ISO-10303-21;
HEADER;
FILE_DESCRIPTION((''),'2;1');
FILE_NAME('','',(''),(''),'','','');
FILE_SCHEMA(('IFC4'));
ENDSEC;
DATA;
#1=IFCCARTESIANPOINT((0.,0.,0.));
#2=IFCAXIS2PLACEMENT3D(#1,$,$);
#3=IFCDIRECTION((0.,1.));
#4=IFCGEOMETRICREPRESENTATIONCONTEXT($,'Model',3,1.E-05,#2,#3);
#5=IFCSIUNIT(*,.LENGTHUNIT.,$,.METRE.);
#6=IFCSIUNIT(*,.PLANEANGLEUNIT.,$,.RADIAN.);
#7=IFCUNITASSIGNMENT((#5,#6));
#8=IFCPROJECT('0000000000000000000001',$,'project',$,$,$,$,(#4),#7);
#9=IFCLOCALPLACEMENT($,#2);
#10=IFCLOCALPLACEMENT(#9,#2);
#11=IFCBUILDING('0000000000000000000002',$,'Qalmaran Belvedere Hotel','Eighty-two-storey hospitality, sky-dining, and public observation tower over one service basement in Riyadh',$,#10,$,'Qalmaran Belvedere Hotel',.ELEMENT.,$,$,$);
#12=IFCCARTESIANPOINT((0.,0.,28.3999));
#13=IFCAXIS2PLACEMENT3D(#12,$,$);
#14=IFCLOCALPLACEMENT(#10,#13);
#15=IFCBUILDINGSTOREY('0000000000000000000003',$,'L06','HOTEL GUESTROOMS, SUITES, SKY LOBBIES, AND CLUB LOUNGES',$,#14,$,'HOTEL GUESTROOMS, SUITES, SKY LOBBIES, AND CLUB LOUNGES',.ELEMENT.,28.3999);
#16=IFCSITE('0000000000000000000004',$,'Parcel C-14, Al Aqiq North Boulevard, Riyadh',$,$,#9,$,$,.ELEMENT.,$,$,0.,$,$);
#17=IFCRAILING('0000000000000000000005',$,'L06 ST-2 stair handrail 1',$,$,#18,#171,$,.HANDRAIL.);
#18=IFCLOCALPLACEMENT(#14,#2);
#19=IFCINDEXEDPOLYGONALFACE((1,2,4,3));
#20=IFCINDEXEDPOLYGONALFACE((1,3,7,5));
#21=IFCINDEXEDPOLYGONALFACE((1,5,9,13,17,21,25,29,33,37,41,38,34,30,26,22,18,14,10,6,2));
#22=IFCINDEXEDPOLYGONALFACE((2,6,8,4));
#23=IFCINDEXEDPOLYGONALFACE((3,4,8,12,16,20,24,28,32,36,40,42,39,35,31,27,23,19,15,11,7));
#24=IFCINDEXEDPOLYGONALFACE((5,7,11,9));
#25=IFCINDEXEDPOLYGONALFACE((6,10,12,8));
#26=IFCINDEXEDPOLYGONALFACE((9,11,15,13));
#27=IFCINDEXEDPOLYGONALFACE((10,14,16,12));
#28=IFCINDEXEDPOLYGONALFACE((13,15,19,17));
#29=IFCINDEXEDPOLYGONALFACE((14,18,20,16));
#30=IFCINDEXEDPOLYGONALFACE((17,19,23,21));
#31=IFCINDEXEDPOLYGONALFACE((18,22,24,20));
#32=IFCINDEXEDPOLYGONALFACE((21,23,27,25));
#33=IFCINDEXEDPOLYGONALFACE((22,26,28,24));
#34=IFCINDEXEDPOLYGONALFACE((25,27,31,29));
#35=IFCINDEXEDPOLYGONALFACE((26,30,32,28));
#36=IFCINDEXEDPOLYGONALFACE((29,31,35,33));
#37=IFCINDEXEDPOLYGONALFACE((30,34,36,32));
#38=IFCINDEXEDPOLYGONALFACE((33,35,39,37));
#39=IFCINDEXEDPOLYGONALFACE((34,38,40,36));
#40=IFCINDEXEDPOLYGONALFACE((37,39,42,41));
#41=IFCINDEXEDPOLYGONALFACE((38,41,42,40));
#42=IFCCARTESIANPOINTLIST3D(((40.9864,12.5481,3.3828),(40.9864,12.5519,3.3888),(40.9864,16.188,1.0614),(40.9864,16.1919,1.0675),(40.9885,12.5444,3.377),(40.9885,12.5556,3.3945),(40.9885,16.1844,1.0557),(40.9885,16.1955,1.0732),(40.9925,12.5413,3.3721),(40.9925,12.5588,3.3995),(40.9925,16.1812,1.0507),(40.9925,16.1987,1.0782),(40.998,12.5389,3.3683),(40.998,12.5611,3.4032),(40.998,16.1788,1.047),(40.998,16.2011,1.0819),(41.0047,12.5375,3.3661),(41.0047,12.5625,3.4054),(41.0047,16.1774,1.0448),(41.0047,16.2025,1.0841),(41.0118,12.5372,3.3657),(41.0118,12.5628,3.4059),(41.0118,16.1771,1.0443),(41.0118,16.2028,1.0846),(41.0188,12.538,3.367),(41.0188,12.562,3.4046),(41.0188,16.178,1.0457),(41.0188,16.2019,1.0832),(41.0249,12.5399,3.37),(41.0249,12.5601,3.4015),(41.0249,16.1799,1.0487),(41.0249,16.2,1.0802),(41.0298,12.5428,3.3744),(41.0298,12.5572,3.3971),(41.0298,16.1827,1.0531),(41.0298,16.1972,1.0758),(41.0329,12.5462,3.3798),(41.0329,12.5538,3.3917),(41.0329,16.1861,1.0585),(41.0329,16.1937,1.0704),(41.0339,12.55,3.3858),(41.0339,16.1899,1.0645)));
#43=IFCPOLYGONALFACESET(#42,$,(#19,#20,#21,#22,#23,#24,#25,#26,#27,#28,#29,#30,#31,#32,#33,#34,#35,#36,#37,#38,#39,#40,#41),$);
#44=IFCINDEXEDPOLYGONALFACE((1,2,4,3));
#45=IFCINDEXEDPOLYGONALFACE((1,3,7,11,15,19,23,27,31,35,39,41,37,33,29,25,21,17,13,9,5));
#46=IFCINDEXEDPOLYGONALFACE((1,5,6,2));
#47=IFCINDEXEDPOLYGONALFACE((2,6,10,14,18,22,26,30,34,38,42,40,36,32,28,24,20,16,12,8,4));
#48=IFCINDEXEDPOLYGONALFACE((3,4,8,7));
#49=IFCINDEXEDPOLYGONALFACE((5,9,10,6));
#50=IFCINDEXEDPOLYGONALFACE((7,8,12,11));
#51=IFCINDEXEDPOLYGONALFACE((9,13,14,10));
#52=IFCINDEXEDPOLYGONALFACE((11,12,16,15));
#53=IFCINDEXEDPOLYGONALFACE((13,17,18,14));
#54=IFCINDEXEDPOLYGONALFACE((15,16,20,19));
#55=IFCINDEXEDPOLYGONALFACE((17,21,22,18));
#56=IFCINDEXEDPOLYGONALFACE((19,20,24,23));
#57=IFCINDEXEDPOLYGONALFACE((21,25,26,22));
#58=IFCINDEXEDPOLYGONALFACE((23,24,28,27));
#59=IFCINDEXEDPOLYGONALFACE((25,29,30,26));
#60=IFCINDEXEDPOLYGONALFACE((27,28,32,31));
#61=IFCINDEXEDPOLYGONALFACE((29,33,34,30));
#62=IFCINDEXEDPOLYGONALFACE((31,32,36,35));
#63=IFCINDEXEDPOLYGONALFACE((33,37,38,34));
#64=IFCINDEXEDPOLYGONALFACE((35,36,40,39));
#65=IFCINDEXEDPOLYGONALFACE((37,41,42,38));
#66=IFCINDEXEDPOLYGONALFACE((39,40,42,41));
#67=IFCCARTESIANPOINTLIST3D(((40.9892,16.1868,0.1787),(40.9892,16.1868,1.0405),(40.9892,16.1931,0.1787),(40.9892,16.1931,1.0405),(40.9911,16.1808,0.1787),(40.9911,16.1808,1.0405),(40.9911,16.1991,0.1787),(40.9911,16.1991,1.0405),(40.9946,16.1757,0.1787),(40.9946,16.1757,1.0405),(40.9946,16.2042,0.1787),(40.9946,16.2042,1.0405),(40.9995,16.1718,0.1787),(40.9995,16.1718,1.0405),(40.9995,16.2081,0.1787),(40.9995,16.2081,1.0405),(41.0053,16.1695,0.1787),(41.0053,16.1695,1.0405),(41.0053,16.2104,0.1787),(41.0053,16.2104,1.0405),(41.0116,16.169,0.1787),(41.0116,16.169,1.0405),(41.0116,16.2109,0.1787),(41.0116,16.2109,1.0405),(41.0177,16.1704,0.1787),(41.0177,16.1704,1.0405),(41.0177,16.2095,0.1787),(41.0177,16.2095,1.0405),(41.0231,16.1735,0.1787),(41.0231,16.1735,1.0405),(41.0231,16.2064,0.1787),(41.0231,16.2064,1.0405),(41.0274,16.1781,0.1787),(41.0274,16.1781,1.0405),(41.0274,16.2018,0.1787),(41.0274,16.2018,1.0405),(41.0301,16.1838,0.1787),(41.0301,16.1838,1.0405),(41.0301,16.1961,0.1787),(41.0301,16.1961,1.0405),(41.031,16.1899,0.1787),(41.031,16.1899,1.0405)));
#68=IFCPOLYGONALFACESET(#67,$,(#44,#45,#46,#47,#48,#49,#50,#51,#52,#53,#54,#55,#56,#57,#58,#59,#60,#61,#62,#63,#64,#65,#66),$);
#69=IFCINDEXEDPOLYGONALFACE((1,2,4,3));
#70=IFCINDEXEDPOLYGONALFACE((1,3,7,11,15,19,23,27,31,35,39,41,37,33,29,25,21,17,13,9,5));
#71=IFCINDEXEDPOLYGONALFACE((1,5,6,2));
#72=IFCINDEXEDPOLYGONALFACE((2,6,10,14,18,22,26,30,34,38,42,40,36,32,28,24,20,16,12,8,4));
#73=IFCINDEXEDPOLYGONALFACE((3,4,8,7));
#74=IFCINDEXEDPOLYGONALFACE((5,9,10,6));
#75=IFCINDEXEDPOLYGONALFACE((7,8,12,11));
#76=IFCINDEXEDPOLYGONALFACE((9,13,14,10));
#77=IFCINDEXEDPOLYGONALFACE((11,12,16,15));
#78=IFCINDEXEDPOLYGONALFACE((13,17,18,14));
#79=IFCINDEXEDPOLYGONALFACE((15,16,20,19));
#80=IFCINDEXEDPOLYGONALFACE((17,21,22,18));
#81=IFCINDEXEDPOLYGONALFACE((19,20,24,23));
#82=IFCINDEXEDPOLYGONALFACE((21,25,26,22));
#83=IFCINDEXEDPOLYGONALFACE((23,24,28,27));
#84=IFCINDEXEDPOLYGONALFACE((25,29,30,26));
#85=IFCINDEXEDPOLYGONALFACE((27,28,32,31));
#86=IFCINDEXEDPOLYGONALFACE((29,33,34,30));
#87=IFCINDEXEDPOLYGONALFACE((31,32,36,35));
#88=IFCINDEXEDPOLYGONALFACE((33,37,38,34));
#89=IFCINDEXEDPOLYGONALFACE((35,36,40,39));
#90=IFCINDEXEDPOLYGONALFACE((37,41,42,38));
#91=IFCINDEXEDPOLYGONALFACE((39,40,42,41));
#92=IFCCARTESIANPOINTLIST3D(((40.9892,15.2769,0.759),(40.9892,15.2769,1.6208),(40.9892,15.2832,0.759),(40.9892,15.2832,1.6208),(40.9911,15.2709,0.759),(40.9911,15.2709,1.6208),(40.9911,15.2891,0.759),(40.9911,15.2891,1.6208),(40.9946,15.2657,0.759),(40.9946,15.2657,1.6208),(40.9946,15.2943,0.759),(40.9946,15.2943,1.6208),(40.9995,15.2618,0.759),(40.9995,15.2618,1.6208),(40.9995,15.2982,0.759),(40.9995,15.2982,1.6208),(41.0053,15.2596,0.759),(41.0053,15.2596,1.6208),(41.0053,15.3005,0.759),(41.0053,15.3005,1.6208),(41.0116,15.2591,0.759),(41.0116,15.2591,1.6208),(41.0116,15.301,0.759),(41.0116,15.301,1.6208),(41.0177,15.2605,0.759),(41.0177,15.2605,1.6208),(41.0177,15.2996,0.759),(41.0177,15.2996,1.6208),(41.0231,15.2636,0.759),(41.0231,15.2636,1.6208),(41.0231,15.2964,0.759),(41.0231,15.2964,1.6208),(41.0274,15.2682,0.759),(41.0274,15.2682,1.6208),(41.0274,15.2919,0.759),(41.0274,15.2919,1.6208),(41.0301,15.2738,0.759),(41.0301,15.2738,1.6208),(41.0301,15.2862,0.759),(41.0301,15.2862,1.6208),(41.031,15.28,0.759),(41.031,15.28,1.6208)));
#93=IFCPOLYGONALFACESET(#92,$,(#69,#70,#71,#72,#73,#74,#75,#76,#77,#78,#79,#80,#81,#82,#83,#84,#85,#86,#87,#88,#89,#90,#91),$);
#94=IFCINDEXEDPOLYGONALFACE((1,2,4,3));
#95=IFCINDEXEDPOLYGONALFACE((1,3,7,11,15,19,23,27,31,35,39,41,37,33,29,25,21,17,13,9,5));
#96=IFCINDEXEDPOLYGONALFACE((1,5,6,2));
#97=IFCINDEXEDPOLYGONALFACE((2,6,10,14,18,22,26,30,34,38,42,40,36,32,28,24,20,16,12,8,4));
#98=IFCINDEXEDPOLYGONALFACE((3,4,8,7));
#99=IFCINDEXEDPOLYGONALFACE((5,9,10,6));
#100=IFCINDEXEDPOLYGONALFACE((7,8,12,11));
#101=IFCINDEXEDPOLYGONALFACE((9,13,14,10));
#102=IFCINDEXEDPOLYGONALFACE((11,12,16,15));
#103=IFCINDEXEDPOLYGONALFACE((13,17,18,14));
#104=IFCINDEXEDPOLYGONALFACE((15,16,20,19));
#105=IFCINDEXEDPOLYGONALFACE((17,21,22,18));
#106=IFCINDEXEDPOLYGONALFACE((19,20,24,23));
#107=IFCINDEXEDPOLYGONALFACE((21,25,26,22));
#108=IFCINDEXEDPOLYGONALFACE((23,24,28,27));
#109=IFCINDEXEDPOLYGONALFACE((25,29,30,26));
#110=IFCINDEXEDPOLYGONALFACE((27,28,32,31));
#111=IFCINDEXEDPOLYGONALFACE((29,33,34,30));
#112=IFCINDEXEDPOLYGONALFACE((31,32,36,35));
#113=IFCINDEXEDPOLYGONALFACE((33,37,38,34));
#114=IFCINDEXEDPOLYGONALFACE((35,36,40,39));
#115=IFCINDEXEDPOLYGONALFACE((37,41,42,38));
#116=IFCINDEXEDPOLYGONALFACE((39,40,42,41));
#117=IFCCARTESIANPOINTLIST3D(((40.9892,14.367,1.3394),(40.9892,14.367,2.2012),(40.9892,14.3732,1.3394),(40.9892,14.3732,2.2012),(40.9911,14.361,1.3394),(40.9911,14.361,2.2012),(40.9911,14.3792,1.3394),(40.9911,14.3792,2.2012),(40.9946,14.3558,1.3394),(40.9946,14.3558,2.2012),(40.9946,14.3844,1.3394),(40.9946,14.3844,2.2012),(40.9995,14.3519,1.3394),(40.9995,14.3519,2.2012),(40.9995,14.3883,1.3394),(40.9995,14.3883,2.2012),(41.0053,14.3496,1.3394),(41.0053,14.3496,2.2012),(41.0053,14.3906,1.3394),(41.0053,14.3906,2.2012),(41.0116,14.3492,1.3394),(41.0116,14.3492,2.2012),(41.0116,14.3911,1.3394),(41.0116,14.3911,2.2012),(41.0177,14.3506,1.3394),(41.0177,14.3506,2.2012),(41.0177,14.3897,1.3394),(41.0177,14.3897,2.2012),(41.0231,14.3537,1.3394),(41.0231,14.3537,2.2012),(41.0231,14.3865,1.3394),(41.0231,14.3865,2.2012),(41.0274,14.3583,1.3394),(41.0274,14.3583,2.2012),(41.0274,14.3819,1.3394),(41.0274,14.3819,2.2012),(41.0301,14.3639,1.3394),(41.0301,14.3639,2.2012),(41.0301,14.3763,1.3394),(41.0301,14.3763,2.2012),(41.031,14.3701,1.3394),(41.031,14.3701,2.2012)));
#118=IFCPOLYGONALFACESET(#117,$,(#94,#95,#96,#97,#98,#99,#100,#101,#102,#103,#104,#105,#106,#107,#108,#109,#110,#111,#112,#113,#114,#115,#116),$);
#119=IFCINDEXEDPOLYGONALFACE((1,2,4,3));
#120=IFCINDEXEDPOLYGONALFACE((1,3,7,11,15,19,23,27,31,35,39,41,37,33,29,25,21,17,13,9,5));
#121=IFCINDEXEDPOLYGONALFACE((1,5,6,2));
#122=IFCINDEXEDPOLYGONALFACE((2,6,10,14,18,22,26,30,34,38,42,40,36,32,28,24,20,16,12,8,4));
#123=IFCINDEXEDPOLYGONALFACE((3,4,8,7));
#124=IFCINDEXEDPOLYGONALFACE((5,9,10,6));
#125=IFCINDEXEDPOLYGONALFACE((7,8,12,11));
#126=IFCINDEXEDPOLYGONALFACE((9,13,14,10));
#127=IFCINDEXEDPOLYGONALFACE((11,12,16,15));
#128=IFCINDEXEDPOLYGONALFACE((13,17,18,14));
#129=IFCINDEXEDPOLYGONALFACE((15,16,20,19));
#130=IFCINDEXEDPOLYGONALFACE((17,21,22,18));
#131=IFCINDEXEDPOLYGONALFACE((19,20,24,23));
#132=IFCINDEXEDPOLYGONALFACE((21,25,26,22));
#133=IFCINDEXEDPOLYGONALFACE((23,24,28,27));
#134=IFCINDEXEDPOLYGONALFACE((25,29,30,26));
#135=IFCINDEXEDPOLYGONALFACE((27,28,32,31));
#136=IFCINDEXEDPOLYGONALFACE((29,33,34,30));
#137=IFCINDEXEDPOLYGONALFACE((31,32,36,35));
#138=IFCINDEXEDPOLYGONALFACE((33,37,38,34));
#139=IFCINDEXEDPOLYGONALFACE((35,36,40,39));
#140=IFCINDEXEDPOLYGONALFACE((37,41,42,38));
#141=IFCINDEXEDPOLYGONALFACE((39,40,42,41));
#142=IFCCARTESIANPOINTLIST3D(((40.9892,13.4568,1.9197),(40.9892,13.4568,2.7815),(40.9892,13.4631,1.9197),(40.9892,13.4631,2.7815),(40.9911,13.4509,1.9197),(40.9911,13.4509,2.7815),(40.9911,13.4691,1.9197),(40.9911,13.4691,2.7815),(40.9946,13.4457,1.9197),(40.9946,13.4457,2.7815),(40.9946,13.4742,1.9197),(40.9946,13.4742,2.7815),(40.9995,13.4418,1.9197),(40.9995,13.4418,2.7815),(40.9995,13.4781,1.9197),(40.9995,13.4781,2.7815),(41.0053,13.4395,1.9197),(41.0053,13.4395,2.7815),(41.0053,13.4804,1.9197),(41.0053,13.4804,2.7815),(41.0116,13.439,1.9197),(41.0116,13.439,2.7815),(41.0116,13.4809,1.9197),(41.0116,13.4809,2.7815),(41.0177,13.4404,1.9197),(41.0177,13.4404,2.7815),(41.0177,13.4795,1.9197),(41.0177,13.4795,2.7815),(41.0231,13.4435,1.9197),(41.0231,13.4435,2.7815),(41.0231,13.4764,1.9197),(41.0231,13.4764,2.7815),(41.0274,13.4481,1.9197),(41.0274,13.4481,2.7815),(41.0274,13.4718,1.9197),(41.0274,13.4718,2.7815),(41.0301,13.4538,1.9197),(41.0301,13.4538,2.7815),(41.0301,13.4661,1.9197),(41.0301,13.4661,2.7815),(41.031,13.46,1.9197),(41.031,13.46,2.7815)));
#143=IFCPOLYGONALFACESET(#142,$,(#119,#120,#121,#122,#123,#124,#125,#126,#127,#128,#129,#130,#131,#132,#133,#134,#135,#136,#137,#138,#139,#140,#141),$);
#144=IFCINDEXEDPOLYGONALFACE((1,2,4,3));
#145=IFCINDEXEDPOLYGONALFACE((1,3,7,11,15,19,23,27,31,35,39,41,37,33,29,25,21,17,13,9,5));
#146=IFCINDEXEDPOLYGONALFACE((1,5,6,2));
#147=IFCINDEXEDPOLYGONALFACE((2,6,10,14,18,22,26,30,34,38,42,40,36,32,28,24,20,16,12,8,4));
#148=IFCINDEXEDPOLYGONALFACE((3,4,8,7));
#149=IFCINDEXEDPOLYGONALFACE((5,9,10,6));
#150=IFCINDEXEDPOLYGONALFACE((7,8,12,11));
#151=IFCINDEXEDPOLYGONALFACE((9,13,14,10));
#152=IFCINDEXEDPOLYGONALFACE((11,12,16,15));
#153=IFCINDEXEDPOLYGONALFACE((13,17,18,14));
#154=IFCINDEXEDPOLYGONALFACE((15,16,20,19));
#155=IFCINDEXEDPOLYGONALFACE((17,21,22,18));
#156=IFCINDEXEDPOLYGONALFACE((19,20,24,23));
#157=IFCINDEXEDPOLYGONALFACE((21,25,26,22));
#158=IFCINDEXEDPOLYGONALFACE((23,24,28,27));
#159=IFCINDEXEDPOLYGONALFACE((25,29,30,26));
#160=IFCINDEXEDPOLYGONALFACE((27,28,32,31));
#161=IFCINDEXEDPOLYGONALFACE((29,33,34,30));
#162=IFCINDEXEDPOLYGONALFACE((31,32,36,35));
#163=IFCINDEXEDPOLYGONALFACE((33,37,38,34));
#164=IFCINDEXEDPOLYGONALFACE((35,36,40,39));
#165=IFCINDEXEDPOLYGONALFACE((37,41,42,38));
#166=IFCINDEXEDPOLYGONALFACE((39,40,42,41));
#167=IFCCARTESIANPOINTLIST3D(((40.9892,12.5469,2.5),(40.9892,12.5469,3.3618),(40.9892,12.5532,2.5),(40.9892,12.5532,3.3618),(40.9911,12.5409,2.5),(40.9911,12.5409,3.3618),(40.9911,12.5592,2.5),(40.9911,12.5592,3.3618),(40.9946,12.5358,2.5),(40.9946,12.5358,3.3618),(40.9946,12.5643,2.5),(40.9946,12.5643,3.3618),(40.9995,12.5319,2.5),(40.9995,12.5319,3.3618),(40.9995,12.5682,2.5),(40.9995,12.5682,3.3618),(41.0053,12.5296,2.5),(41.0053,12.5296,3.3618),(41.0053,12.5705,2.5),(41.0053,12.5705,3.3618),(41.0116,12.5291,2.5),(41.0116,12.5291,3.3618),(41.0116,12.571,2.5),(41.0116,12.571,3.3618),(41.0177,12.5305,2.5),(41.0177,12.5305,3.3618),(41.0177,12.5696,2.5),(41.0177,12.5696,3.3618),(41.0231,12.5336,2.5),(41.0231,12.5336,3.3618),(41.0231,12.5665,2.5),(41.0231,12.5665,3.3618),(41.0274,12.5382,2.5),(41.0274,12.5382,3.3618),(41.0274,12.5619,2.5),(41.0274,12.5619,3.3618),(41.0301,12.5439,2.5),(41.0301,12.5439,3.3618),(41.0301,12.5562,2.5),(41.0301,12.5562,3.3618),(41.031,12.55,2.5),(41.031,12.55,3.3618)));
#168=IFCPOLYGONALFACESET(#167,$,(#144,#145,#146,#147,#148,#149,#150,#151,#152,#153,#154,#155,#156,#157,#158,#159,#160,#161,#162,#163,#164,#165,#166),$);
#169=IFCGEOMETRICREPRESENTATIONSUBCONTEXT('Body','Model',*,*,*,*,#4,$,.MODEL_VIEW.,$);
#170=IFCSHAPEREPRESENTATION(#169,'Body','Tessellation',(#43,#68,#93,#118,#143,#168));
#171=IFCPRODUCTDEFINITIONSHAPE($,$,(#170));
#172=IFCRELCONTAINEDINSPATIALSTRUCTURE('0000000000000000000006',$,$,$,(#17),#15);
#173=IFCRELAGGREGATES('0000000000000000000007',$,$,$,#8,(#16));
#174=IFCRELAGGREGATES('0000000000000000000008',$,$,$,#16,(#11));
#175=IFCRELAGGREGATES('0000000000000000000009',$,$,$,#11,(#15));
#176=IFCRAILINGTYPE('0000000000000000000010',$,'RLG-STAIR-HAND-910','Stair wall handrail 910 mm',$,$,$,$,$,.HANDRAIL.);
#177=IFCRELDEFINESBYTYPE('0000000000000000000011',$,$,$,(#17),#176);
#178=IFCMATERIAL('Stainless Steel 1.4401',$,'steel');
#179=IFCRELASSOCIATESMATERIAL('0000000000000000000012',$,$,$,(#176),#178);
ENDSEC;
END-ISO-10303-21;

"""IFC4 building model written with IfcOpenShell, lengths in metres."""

from ifc_helpers import new_model, si_unit, direction, frame, origin, origin_2d, place, context, subcontext, project, spatial, circle, extrude, material, type_object, element, save


model = new_model("IFC4")

# Units and contexts
model_context = context("Model", 3, precision=1e-05, world=origin(), true_north=direction((0.0, 1.0)))
body_context = subcontext(model_context, "Body", "Model", "MODEL_VIEW")
ifc_project = project(units=[si_unit("LENGTHUNIT", "METRE"), si_unit("PLANEANGLEUNIT", "RADIAN")], contexts=[model_context])

# Site, building, storey
site_placement = place(None, origin())
site = spatial("IfcSite", under=ifc_project, at=site_placement, Name="Parcel C-14, Al Aqiq North Boulevard, Riyadh", CompositionType="ELEMENT", RefElevation=0.0)
building_placement = place(site_placement, origin())
building = spatial("IfcBuilding", under=site, at=building_placement, Name="Qalmaran Belvedere Hotel", Description="Eighty-two-storey hospitality, sky-dining, and public observation tower over one service basement in Riyadh", LongName="Qalmaran Belvedere Hotel", CompositionType="ELEMENT")
storey_placement = place(building_placement, frame((0.0, 0.0, 28.3999)))
storey = spatial("IfcBuildingStorey", under=building, at=storey_placement, Name="L06", Description="HOTEL GUESTROOMS, SUITES, SKY LOBBIES, AND CLUB LOUNGES", LongName="HOTEL GUESTROOMS, SUITES, SKY LOBBIES, AND CLUB LOUNGES", CompositionType="ELEMENT", Elevation=28.3999)

# Shared definitions
ifc_material_1 = material(Name="Stainless Steel 1.4401", Category="steel")

# Railing
railing_type_1 = type_object("IfcRailingType", Name="RLG-STAIR-HAND-910", Description="Stair wall handrail 910 mm", PredefinedType="HANDRAIL", material=ifc_material_1)
railing_1_placement = place(storey_placement, frame((41.01, 16.1899, 0.1787)))
element("IfcRailing", 1, at=railing_1_placement, inside=storey, type_object=railing_type_1, Name="L06 ST-2 stair handrail 1", PredefinedType="HANDRAIL", context=body_context, shape_type="SweptSolid", body=[
    extrude(circle(Radius=0.0239, at=origin_2d()), frame((0.0, 0.0, 0.8857), z_axis=(0.0, -0.843137, 0.537699), x_axis=(1.0, 0.0, 0.0)), (0.0, 0.0, 1.0), 4.3171),
    extrude(circle(Radius=0.021, at=origin_2d()), origin(), (0.0, 0.0, 1.0), 0.8618),
    extrude(circle(Radius=0.021, at=origin_2d()), frame((0.0, -0.9099, 0.5803)), (0.0, 0.0, 1.0), 0.8618),
    extrude(circle(Radius=0.021, at=origin_2d()), frame((0.0, -1.8198, 1.1606)), (0.0, 0.0, 1.0), 0.8618),
    extrude(circle(Radius=0.021, at=origin_2d()), frame((0.0, -2.73, 1.741)), (0.0, 0.0, 1.0), 0.8618),
    extrude(circle(Radius=0.021, at=origin_2d()), frame((0.0, -3.6399, 2.3213)), (0.0, 0.0, 1.0), 0.8618),
])

save(model, "model.ifc")
